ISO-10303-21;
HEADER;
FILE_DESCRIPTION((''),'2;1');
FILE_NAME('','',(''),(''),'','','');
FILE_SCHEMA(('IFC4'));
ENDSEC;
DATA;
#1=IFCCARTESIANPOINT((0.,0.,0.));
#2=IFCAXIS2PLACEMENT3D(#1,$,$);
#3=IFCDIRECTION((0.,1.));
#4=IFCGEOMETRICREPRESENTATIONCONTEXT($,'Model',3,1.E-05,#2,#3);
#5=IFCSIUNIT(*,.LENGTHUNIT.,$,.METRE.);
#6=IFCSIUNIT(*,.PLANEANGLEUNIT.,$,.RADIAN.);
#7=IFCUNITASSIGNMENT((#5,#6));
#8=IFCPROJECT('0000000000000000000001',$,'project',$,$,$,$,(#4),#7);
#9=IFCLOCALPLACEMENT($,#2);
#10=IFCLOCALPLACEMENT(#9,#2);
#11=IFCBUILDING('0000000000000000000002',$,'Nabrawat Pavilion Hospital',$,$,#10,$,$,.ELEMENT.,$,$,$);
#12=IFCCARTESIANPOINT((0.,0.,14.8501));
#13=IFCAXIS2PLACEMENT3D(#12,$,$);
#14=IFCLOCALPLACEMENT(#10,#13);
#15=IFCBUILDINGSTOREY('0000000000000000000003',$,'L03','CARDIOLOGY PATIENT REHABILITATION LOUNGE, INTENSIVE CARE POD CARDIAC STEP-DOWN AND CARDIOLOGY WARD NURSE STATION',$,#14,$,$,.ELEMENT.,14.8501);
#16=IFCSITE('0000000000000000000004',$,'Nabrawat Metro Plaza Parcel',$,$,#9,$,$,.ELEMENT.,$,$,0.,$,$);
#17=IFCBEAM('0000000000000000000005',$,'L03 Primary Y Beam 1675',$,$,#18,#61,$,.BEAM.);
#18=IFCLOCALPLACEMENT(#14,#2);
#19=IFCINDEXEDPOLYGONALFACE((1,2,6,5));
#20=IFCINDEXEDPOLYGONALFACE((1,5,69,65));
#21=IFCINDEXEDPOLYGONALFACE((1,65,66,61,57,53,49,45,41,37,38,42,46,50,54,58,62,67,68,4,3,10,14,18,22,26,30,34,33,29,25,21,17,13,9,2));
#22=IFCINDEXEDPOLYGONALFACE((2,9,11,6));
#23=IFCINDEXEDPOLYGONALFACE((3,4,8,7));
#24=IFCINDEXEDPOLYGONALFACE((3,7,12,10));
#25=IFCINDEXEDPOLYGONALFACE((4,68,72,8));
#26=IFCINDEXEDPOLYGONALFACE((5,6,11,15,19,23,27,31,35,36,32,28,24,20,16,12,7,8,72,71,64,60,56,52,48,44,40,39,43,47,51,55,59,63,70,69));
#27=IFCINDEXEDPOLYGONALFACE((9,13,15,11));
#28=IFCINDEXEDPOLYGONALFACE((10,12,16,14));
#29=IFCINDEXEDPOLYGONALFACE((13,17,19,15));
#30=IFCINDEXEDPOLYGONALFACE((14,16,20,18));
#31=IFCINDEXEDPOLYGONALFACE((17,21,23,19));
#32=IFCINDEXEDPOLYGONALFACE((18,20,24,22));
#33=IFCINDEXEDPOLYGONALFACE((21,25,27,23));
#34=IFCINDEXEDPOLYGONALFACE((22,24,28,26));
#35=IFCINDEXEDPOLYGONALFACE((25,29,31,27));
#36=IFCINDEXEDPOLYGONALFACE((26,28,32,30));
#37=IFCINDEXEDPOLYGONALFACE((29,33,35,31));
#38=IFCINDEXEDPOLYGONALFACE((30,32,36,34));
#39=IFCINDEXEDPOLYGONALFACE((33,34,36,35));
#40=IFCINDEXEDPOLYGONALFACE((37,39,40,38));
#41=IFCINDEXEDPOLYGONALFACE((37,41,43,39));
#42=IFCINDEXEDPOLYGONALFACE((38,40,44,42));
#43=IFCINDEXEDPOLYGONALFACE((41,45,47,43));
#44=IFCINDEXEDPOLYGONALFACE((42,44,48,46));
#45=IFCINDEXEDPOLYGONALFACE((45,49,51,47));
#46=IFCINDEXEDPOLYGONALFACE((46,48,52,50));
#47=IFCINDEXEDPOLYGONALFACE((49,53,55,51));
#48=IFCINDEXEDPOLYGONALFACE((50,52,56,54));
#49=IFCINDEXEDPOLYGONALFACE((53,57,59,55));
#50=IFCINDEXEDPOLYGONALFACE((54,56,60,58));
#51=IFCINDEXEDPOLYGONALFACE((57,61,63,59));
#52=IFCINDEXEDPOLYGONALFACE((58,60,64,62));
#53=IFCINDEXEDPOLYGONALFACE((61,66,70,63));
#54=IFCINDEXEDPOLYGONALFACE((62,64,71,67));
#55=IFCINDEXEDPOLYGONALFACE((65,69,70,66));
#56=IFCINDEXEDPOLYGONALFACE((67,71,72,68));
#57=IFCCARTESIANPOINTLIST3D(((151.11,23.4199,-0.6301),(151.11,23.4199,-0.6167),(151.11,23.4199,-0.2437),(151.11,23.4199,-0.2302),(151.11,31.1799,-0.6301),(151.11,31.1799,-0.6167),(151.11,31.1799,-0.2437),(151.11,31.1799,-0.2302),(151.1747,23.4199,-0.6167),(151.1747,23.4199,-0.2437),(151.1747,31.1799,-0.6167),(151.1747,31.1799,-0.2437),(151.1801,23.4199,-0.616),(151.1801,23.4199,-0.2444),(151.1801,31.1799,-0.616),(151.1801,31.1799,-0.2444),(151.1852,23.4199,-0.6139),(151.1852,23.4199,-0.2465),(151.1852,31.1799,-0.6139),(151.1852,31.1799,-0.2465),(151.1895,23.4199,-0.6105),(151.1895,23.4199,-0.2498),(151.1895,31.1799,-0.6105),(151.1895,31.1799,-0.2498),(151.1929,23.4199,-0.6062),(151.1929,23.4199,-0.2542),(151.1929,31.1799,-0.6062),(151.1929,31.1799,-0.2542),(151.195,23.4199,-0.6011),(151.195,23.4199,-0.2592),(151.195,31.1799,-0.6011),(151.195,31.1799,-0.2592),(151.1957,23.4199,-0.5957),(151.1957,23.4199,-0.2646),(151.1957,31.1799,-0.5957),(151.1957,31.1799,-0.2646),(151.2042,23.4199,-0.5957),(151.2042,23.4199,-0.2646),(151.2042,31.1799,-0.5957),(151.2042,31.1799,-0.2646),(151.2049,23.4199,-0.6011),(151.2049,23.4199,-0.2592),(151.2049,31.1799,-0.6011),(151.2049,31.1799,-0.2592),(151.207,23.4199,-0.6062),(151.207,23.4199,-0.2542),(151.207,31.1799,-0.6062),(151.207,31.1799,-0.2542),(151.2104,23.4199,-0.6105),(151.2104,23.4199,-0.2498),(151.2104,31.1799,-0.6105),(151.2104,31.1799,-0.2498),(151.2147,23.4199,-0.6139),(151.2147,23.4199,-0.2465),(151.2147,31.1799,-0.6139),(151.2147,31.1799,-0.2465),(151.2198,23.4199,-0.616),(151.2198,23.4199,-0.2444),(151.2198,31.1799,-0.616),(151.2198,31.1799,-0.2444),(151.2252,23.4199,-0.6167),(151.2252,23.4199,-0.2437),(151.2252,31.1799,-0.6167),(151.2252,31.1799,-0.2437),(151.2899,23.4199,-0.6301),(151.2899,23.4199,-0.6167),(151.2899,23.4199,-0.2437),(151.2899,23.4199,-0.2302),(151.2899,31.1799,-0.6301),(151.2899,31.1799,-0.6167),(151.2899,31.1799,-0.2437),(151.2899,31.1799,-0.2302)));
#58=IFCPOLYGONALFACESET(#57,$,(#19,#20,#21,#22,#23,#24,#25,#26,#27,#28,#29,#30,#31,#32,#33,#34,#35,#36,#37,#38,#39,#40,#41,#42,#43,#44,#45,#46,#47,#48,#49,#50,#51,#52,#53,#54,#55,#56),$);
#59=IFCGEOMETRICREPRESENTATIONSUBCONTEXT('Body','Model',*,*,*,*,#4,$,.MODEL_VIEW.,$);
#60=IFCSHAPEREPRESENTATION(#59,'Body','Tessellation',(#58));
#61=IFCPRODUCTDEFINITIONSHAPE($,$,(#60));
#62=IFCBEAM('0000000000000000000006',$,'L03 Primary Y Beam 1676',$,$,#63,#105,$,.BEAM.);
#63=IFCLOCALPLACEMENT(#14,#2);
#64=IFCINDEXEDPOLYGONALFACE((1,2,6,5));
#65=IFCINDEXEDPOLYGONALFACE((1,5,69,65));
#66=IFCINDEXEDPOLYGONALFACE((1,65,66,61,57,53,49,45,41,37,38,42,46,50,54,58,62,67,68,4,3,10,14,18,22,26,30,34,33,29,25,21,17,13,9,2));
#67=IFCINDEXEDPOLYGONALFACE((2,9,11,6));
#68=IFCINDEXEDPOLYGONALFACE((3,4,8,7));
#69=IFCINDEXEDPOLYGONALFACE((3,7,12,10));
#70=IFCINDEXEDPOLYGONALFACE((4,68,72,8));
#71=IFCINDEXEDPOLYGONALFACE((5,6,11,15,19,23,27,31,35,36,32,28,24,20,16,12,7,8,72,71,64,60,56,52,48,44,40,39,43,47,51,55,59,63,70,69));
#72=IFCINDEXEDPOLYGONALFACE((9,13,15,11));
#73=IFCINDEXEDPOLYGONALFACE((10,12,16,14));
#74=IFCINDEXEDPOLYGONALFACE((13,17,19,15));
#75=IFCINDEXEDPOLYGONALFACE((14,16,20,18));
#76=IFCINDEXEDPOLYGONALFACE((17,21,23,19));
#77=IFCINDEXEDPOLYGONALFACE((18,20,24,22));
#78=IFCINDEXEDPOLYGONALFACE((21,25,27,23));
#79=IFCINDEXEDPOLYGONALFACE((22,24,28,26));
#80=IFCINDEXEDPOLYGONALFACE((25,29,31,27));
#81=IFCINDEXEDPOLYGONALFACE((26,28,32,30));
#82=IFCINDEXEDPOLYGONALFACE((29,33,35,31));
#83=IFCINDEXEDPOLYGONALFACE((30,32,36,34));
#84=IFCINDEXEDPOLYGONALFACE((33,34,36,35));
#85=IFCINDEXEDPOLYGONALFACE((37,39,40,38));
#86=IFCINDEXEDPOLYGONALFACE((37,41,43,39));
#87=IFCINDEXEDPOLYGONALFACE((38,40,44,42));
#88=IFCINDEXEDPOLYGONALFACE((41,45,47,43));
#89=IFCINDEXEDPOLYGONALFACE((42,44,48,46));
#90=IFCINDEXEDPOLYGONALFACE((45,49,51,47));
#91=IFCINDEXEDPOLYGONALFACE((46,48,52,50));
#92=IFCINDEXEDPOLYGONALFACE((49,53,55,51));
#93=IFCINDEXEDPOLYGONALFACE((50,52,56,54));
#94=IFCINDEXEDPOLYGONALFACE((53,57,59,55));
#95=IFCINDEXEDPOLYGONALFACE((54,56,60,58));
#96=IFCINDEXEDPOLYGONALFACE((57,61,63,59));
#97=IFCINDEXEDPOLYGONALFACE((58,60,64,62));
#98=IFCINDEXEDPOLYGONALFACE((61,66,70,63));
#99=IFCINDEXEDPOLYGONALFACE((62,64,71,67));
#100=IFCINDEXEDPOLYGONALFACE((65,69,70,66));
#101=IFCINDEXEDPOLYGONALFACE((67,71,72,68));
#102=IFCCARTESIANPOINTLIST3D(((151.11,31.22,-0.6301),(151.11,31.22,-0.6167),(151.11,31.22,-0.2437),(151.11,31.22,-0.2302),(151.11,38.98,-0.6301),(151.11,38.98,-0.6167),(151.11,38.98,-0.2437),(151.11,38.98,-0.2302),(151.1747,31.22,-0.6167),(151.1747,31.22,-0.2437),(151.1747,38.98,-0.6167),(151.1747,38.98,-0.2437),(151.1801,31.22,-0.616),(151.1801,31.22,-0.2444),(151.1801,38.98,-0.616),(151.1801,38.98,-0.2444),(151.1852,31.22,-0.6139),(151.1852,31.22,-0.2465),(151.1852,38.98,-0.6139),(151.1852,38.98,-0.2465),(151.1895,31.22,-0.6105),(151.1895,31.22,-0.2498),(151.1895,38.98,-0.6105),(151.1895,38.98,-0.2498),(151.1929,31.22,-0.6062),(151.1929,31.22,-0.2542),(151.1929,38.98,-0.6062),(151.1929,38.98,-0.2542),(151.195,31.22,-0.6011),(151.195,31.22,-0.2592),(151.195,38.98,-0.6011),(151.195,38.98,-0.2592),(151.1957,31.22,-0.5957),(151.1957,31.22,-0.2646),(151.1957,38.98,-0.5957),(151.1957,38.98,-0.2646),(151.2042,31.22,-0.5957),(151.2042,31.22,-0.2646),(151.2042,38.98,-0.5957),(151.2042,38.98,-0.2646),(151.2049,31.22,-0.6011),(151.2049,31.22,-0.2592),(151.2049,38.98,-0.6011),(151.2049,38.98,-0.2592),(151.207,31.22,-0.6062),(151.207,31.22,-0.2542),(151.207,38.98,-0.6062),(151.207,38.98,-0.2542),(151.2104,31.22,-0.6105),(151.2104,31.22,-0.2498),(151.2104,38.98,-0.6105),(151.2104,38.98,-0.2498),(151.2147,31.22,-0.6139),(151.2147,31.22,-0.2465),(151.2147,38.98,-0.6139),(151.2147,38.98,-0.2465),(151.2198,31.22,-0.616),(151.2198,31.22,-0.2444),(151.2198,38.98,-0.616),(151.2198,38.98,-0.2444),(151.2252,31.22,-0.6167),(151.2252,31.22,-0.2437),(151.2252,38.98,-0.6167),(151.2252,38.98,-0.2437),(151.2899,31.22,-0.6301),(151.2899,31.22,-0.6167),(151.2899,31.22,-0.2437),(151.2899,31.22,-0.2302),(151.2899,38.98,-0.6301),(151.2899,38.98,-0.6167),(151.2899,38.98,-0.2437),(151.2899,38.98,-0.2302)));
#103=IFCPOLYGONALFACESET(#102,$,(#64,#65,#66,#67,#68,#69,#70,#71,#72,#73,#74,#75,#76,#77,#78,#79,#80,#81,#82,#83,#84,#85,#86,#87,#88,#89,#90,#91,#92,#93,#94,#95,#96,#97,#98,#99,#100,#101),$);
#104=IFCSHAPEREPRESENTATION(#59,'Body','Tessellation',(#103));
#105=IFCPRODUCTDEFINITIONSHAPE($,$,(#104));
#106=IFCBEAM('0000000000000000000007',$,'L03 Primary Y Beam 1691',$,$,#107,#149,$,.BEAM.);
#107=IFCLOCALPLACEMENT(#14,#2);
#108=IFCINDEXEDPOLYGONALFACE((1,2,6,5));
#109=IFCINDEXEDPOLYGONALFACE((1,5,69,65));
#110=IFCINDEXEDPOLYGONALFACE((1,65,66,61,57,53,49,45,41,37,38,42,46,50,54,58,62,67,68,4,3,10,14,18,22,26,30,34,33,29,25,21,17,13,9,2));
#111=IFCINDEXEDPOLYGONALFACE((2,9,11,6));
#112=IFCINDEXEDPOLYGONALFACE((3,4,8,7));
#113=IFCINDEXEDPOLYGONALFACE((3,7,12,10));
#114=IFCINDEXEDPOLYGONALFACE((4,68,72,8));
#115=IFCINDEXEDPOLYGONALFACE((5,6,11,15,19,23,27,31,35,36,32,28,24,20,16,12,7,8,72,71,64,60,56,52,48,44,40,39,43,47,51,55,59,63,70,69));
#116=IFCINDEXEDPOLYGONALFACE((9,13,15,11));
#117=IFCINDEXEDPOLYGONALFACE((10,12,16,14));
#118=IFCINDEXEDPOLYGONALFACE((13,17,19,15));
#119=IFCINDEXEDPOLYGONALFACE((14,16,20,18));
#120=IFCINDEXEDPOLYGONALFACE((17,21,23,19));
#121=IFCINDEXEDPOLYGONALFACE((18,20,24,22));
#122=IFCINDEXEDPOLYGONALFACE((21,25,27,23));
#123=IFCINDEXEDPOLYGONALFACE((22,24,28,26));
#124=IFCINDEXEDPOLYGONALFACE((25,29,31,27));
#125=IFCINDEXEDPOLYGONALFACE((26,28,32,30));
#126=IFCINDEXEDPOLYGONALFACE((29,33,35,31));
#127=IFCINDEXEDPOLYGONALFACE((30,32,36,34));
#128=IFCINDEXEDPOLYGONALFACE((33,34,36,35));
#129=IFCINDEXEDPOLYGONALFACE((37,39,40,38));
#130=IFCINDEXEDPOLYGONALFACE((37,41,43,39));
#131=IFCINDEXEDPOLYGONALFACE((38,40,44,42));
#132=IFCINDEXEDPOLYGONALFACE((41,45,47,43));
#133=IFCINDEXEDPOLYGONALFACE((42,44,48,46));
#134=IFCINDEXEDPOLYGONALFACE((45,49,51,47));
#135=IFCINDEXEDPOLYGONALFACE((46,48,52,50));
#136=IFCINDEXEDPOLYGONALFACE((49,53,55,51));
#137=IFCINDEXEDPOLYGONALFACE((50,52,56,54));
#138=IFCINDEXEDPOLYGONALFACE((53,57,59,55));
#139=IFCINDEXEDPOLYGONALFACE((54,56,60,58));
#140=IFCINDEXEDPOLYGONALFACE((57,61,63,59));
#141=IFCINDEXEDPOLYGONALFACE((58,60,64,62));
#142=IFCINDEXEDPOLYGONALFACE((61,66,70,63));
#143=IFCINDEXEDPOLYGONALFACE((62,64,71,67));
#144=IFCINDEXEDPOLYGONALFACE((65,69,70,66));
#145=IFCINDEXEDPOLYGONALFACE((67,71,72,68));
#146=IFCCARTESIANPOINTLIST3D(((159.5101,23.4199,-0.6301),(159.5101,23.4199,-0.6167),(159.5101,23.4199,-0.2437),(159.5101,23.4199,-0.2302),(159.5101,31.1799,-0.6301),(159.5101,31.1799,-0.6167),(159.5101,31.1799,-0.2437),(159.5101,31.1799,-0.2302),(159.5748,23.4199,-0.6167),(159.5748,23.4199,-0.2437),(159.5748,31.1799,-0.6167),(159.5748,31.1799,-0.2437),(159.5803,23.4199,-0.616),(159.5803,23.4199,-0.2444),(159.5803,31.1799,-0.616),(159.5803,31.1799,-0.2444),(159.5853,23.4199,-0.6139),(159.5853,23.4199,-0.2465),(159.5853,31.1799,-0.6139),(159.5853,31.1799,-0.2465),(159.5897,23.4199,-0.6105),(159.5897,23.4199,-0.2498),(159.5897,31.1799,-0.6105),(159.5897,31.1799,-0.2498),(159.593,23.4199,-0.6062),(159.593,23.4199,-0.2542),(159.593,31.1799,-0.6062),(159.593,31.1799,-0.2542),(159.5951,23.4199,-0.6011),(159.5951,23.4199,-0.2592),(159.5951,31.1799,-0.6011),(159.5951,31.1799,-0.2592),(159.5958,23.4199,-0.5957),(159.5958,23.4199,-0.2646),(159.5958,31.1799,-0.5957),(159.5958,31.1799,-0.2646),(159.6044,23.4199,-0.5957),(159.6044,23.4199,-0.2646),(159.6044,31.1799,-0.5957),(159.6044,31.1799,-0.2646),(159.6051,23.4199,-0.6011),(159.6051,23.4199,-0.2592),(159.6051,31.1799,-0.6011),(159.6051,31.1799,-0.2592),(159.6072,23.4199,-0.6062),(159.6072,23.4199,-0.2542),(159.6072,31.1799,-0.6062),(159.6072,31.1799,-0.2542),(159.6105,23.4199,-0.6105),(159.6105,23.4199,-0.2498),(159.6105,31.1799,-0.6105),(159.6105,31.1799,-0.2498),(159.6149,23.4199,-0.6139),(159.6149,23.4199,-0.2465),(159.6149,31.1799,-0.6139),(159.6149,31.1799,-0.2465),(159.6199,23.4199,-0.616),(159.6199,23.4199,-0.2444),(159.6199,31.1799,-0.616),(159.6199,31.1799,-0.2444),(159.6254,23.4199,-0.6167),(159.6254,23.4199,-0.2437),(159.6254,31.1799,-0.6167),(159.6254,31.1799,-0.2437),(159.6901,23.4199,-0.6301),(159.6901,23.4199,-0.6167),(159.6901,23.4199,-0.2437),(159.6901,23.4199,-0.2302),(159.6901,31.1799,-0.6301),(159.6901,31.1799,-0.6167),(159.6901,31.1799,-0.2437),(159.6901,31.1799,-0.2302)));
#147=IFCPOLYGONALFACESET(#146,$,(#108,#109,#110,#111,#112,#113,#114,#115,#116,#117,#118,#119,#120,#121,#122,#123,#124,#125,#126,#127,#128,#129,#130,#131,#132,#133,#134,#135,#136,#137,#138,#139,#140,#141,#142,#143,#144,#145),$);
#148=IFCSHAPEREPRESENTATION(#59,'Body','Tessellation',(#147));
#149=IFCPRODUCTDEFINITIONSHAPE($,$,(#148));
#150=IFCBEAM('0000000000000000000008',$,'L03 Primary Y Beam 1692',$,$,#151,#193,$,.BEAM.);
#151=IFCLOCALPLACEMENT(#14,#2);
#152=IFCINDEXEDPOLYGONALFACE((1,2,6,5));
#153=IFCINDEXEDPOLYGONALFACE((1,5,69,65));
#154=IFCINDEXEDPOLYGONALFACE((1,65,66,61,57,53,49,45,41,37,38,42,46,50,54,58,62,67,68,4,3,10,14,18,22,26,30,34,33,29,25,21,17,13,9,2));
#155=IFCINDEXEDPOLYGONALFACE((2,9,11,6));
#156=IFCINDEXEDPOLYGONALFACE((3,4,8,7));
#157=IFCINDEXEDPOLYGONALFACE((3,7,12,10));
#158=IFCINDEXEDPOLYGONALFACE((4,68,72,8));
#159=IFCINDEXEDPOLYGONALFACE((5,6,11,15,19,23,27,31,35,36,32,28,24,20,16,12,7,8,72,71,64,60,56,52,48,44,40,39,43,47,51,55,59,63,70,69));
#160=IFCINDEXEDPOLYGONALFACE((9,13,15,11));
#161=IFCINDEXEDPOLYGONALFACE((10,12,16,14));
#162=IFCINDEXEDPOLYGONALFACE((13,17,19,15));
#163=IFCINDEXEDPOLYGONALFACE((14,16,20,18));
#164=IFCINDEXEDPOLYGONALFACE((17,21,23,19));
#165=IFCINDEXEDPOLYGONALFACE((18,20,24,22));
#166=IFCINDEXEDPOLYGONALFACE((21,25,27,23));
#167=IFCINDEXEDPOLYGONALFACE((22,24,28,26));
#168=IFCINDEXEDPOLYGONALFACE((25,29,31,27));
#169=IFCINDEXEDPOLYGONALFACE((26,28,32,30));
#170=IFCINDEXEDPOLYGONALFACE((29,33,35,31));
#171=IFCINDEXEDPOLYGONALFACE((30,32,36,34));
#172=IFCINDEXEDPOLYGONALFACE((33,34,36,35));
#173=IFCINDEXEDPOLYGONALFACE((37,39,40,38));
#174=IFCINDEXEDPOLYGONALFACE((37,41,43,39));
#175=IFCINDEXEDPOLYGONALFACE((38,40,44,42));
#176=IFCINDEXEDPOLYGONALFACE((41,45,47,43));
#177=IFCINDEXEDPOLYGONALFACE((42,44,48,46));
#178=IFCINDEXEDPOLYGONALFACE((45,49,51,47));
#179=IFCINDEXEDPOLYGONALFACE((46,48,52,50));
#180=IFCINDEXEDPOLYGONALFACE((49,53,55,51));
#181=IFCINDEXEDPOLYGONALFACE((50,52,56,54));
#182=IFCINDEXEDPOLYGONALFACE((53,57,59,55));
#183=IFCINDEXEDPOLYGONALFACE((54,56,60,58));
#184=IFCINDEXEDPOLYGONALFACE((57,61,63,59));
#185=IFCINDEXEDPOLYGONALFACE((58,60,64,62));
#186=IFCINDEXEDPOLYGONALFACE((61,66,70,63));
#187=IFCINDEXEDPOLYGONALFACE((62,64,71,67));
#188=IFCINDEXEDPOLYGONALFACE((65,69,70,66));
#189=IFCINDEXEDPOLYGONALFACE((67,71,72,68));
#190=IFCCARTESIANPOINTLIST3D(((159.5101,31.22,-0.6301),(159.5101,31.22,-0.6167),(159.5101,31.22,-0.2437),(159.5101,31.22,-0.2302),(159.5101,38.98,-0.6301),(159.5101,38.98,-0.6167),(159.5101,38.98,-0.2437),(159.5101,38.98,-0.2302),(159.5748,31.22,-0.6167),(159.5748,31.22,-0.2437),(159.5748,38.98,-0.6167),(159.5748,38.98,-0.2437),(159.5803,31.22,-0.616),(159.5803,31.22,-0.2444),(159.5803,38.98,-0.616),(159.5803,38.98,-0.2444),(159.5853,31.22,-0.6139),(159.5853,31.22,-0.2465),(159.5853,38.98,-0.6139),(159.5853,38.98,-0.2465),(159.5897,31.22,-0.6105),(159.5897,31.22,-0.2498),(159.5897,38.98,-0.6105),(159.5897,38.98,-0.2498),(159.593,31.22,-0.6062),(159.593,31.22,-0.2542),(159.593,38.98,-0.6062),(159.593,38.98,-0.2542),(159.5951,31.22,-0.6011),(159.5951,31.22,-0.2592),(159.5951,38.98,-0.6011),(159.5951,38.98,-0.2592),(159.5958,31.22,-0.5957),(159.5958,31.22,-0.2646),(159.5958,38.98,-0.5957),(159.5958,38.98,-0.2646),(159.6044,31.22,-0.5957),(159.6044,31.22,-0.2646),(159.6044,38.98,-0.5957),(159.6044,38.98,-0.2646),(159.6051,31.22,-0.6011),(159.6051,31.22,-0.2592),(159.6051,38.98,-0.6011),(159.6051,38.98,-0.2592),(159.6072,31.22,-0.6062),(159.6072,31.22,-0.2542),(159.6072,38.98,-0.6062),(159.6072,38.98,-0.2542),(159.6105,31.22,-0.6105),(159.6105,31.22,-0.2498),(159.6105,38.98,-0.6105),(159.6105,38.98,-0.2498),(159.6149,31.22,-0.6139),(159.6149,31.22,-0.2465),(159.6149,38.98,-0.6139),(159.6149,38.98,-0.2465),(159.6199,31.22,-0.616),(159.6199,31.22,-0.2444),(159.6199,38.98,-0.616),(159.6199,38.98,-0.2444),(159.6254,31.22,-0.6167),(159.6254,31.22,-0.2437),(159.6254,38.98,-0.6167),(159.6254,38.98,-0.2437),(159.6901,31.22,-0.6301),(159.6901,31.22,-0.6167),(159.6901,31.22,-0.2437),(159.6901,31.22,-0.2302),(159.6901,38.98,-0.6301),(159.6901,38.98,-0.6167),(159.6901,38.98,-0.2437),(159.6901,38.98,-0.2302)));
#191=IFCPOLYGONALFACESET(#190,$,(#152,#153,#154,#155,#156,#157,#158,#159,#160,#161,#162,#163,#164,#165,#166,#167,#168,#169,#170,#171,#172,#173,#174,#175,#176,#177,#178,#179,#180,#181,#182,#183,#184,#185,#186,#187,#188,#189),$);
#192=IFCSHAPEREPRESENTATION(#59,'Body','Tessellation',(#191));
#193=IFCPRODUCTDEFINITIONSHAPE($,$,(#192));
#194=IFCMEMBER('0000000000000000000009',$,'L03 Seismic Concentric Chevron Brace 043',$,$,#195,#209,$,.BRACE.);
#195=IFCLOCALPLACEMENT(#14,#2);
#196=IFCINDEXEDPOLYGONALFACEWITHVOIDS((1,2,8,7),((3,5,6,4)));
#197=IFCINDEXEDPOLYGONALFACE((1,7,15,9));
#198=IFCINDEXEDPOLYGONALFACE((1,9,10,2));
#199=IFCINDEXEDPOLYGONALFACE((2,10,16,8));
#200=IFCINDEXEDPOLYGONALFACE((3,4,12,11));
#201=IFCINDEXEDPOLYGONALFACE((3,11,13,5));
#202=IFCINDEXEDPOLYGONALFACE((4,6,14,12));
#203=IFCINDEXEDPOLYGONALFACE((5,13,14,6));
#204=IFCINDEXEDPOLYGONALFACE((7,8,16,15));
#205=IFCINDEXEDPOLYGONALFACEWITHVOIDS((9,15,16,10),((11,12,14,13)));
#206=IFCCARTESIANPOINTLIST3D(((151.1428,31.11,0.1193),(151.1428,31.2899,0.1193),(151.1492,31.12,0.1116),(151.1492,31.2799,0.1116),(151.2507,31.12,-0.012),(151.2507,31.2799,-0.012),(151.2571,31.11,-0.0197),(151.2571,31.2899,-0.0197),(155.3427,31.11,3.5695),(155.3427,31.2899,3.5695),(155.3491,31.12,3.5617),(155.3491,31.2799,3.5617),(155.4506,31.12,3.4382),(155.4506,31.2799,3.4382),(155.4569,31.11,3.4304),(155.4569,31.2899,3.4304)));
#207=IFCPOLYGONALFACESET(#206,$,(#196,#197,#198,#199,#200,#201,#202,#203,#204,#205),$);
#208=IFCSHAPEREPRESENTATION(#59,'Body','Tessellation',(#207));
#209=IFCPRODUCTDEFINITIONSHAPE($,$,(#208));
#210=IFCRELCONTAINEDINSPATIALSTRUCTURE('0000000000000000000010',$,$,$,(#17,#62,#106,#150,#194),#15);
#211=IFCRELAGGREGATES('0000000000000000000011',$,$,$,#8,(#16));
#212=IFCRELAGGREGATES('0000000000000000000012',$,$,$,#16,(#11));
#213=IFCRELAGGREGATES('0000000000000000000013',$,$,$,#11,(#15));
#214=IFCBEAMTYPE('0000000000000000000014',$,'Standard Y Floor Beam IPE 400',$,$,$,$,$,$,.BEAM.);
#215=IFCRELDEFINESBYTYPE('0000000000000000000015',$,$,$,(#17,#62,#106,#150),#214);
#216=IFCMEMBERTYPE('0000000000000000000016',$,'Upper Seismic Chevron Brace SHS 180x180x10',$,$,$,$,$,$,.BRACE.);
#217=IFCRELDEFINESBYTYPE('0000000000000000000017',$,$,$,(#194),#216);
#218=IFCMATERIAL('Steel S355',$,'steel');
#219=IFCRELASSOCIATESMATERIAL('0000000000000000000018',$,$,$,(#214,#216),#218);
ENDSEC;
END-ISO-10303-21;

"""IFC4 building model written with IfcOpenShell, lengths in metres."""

from ifc_helpers import new_model, si_unit, direction, frame, origin, origin_2d, place, context, subcontext, project, spatial, hollow_rectangle, i_section, extrude, material, material_profile, profile_set, type_object, element, save


model = new_model("IFC4")

# Units and contexts
model_context = context("Model", 3, precision=1e-05, world=origin(), true_north=direction((0.0, 1.0)))
body_context = subcontext(model_context, "Body", "Model", "MODEL_VIEW")
ifc_project = project(units=[si_unit("LENGTHUNIT", "METRE"), si_unit("PLANEANGLEUNIT", "RADIAN")], contexts=[model_context])

# Site, building, storey
site_placement = place(None, origin())
site = spatial("IfcSite", under=ifc_project, at=site_placement, Name="Nabrawat Metro Plaza Parcel", CompositionType="ELEMENT", RefElevation=0.0)
building_placement = place(site_placement, origin())
building = spatial("IfcBuilding", under=site, at=building_placement, Name="Nabrawat Pavilion Hospital", CompositionType="ELEMENT")
storey_placement = place(building_placement, frame((0.0, 0.0, 14.8501)))
storey = spatial("IfcBuildingStorey", under=building, at=storey_placement, Name="L03", Description="CARDIOLOGY PATIENT REHABILITATION LOUNGE, INTENSIVE CARE POD CARDIAC STEP-DOWN AND CARDIOLOGY WARD NURSE STATION", CompositionType="ELEMENT", Elevation=14.8501)

# Shared definitions
ifc_material_1 = material(Name="Steel S355", Category="steel")

# Beams
ifc_material_profile_1 = material_profile(ifc_material_1, i_section(OverallWidth=0.1799, OverallDepth=0.3999, WebThickness=0.0085, FlangeThickness=0.0134, FilletRadius=0.021, at=origin_2d()), Name="IPE 400")
ifc_profile_set_1 = profile_set([ifc_material_profile_1], Name="Steel S355")
beam_type_1 = type_object("IfcBeamType", Name="Standard Y Floor Beam IPE 400", PredefinedType="BEAM", material=ifc_profile_set_1)
for number, where, z_axis, x_axis, name in (
    (1, (151.2, 23.4199, -0.4302), (0.0, 1.0, 0.0), (-1.0, 0.0, 0.0), "L03 Primary Y Beam 1675"),
    (2, (151.2, 31.22, -0.4302), (0.0, 1.0, 0.0), (-1.0, 0.0, 0.0), "L03 Primary Y Beam 1676"),
    (3, (159.6001, 23.4199, -0.4302), (0.0, 1.0, 0.0), (-1.0, 0.0, 0.0), "L03 Primary Y Beam 1691"),
    (4, (159.6001, 31.22, -0.4302), (0.0, 1.0, 0.0), (-1.0, 0.0, 0.0), "L03 Primary Y Beam 1692"),
):
    element("IfcBeam", number, at=place(storey_placement, frame(where, z_axis=z_axis, x_axis=x_axis)), inside=storey, type_object=beam_type_1, Name=name, PredefinedType="BEAM", context=body_context, shape_type="SweptSolid", body=[
        extrude(i_section(OverallWidth=0.1799, OverallDepth=0.3999, WebThickness=0.0085, FlangeThickness=0.0134, FilletRadius=0.021, at=origin_2d()), origin(), (0.0, 0.0, 1.0), 7.76),
    ])

# Member
ifc_material_profile_2 = material_profile(ifc_material_1, hollow_rectangle(XDim=0.1799, YDim=0.1799, WallThickness=0.01, at=origin_2d()), Name="SHS 180x180x10")
ifc_profile_set_2 = profile_set([ifc_material_profile_2], Name="Steel S355")
member_type = type_object("IfcMemberType", Name="Upper Seismic Chevron Brace SHS 180x180x10", PredefinedType="BRACE", material=ifc_profile_set_2)
member_1_placement = place(storey_placement, frame((151.2, 31.2, 0.0498), z_axis=(0.772705, 0.0, 0.634765), x_axis=(0.0, 1.0, 0.0)))
element("IfcMember", 5, at=member_1_placement, inside=storey, type_object=member_type, Name="L03 Seismic Concentric Chevron Brace 043", PredefinedType="BRACE", context=body_context, shape_type="SweptSolid", body=[
    extrude(hollow_rectangle(XDim=0.1799, YDim=0.1799, WallThickness=0.01, at=origin_2d()), origin(), (0.0, 0.0, 1.0), 5.4353),
])

save(model, "model.ifc")
